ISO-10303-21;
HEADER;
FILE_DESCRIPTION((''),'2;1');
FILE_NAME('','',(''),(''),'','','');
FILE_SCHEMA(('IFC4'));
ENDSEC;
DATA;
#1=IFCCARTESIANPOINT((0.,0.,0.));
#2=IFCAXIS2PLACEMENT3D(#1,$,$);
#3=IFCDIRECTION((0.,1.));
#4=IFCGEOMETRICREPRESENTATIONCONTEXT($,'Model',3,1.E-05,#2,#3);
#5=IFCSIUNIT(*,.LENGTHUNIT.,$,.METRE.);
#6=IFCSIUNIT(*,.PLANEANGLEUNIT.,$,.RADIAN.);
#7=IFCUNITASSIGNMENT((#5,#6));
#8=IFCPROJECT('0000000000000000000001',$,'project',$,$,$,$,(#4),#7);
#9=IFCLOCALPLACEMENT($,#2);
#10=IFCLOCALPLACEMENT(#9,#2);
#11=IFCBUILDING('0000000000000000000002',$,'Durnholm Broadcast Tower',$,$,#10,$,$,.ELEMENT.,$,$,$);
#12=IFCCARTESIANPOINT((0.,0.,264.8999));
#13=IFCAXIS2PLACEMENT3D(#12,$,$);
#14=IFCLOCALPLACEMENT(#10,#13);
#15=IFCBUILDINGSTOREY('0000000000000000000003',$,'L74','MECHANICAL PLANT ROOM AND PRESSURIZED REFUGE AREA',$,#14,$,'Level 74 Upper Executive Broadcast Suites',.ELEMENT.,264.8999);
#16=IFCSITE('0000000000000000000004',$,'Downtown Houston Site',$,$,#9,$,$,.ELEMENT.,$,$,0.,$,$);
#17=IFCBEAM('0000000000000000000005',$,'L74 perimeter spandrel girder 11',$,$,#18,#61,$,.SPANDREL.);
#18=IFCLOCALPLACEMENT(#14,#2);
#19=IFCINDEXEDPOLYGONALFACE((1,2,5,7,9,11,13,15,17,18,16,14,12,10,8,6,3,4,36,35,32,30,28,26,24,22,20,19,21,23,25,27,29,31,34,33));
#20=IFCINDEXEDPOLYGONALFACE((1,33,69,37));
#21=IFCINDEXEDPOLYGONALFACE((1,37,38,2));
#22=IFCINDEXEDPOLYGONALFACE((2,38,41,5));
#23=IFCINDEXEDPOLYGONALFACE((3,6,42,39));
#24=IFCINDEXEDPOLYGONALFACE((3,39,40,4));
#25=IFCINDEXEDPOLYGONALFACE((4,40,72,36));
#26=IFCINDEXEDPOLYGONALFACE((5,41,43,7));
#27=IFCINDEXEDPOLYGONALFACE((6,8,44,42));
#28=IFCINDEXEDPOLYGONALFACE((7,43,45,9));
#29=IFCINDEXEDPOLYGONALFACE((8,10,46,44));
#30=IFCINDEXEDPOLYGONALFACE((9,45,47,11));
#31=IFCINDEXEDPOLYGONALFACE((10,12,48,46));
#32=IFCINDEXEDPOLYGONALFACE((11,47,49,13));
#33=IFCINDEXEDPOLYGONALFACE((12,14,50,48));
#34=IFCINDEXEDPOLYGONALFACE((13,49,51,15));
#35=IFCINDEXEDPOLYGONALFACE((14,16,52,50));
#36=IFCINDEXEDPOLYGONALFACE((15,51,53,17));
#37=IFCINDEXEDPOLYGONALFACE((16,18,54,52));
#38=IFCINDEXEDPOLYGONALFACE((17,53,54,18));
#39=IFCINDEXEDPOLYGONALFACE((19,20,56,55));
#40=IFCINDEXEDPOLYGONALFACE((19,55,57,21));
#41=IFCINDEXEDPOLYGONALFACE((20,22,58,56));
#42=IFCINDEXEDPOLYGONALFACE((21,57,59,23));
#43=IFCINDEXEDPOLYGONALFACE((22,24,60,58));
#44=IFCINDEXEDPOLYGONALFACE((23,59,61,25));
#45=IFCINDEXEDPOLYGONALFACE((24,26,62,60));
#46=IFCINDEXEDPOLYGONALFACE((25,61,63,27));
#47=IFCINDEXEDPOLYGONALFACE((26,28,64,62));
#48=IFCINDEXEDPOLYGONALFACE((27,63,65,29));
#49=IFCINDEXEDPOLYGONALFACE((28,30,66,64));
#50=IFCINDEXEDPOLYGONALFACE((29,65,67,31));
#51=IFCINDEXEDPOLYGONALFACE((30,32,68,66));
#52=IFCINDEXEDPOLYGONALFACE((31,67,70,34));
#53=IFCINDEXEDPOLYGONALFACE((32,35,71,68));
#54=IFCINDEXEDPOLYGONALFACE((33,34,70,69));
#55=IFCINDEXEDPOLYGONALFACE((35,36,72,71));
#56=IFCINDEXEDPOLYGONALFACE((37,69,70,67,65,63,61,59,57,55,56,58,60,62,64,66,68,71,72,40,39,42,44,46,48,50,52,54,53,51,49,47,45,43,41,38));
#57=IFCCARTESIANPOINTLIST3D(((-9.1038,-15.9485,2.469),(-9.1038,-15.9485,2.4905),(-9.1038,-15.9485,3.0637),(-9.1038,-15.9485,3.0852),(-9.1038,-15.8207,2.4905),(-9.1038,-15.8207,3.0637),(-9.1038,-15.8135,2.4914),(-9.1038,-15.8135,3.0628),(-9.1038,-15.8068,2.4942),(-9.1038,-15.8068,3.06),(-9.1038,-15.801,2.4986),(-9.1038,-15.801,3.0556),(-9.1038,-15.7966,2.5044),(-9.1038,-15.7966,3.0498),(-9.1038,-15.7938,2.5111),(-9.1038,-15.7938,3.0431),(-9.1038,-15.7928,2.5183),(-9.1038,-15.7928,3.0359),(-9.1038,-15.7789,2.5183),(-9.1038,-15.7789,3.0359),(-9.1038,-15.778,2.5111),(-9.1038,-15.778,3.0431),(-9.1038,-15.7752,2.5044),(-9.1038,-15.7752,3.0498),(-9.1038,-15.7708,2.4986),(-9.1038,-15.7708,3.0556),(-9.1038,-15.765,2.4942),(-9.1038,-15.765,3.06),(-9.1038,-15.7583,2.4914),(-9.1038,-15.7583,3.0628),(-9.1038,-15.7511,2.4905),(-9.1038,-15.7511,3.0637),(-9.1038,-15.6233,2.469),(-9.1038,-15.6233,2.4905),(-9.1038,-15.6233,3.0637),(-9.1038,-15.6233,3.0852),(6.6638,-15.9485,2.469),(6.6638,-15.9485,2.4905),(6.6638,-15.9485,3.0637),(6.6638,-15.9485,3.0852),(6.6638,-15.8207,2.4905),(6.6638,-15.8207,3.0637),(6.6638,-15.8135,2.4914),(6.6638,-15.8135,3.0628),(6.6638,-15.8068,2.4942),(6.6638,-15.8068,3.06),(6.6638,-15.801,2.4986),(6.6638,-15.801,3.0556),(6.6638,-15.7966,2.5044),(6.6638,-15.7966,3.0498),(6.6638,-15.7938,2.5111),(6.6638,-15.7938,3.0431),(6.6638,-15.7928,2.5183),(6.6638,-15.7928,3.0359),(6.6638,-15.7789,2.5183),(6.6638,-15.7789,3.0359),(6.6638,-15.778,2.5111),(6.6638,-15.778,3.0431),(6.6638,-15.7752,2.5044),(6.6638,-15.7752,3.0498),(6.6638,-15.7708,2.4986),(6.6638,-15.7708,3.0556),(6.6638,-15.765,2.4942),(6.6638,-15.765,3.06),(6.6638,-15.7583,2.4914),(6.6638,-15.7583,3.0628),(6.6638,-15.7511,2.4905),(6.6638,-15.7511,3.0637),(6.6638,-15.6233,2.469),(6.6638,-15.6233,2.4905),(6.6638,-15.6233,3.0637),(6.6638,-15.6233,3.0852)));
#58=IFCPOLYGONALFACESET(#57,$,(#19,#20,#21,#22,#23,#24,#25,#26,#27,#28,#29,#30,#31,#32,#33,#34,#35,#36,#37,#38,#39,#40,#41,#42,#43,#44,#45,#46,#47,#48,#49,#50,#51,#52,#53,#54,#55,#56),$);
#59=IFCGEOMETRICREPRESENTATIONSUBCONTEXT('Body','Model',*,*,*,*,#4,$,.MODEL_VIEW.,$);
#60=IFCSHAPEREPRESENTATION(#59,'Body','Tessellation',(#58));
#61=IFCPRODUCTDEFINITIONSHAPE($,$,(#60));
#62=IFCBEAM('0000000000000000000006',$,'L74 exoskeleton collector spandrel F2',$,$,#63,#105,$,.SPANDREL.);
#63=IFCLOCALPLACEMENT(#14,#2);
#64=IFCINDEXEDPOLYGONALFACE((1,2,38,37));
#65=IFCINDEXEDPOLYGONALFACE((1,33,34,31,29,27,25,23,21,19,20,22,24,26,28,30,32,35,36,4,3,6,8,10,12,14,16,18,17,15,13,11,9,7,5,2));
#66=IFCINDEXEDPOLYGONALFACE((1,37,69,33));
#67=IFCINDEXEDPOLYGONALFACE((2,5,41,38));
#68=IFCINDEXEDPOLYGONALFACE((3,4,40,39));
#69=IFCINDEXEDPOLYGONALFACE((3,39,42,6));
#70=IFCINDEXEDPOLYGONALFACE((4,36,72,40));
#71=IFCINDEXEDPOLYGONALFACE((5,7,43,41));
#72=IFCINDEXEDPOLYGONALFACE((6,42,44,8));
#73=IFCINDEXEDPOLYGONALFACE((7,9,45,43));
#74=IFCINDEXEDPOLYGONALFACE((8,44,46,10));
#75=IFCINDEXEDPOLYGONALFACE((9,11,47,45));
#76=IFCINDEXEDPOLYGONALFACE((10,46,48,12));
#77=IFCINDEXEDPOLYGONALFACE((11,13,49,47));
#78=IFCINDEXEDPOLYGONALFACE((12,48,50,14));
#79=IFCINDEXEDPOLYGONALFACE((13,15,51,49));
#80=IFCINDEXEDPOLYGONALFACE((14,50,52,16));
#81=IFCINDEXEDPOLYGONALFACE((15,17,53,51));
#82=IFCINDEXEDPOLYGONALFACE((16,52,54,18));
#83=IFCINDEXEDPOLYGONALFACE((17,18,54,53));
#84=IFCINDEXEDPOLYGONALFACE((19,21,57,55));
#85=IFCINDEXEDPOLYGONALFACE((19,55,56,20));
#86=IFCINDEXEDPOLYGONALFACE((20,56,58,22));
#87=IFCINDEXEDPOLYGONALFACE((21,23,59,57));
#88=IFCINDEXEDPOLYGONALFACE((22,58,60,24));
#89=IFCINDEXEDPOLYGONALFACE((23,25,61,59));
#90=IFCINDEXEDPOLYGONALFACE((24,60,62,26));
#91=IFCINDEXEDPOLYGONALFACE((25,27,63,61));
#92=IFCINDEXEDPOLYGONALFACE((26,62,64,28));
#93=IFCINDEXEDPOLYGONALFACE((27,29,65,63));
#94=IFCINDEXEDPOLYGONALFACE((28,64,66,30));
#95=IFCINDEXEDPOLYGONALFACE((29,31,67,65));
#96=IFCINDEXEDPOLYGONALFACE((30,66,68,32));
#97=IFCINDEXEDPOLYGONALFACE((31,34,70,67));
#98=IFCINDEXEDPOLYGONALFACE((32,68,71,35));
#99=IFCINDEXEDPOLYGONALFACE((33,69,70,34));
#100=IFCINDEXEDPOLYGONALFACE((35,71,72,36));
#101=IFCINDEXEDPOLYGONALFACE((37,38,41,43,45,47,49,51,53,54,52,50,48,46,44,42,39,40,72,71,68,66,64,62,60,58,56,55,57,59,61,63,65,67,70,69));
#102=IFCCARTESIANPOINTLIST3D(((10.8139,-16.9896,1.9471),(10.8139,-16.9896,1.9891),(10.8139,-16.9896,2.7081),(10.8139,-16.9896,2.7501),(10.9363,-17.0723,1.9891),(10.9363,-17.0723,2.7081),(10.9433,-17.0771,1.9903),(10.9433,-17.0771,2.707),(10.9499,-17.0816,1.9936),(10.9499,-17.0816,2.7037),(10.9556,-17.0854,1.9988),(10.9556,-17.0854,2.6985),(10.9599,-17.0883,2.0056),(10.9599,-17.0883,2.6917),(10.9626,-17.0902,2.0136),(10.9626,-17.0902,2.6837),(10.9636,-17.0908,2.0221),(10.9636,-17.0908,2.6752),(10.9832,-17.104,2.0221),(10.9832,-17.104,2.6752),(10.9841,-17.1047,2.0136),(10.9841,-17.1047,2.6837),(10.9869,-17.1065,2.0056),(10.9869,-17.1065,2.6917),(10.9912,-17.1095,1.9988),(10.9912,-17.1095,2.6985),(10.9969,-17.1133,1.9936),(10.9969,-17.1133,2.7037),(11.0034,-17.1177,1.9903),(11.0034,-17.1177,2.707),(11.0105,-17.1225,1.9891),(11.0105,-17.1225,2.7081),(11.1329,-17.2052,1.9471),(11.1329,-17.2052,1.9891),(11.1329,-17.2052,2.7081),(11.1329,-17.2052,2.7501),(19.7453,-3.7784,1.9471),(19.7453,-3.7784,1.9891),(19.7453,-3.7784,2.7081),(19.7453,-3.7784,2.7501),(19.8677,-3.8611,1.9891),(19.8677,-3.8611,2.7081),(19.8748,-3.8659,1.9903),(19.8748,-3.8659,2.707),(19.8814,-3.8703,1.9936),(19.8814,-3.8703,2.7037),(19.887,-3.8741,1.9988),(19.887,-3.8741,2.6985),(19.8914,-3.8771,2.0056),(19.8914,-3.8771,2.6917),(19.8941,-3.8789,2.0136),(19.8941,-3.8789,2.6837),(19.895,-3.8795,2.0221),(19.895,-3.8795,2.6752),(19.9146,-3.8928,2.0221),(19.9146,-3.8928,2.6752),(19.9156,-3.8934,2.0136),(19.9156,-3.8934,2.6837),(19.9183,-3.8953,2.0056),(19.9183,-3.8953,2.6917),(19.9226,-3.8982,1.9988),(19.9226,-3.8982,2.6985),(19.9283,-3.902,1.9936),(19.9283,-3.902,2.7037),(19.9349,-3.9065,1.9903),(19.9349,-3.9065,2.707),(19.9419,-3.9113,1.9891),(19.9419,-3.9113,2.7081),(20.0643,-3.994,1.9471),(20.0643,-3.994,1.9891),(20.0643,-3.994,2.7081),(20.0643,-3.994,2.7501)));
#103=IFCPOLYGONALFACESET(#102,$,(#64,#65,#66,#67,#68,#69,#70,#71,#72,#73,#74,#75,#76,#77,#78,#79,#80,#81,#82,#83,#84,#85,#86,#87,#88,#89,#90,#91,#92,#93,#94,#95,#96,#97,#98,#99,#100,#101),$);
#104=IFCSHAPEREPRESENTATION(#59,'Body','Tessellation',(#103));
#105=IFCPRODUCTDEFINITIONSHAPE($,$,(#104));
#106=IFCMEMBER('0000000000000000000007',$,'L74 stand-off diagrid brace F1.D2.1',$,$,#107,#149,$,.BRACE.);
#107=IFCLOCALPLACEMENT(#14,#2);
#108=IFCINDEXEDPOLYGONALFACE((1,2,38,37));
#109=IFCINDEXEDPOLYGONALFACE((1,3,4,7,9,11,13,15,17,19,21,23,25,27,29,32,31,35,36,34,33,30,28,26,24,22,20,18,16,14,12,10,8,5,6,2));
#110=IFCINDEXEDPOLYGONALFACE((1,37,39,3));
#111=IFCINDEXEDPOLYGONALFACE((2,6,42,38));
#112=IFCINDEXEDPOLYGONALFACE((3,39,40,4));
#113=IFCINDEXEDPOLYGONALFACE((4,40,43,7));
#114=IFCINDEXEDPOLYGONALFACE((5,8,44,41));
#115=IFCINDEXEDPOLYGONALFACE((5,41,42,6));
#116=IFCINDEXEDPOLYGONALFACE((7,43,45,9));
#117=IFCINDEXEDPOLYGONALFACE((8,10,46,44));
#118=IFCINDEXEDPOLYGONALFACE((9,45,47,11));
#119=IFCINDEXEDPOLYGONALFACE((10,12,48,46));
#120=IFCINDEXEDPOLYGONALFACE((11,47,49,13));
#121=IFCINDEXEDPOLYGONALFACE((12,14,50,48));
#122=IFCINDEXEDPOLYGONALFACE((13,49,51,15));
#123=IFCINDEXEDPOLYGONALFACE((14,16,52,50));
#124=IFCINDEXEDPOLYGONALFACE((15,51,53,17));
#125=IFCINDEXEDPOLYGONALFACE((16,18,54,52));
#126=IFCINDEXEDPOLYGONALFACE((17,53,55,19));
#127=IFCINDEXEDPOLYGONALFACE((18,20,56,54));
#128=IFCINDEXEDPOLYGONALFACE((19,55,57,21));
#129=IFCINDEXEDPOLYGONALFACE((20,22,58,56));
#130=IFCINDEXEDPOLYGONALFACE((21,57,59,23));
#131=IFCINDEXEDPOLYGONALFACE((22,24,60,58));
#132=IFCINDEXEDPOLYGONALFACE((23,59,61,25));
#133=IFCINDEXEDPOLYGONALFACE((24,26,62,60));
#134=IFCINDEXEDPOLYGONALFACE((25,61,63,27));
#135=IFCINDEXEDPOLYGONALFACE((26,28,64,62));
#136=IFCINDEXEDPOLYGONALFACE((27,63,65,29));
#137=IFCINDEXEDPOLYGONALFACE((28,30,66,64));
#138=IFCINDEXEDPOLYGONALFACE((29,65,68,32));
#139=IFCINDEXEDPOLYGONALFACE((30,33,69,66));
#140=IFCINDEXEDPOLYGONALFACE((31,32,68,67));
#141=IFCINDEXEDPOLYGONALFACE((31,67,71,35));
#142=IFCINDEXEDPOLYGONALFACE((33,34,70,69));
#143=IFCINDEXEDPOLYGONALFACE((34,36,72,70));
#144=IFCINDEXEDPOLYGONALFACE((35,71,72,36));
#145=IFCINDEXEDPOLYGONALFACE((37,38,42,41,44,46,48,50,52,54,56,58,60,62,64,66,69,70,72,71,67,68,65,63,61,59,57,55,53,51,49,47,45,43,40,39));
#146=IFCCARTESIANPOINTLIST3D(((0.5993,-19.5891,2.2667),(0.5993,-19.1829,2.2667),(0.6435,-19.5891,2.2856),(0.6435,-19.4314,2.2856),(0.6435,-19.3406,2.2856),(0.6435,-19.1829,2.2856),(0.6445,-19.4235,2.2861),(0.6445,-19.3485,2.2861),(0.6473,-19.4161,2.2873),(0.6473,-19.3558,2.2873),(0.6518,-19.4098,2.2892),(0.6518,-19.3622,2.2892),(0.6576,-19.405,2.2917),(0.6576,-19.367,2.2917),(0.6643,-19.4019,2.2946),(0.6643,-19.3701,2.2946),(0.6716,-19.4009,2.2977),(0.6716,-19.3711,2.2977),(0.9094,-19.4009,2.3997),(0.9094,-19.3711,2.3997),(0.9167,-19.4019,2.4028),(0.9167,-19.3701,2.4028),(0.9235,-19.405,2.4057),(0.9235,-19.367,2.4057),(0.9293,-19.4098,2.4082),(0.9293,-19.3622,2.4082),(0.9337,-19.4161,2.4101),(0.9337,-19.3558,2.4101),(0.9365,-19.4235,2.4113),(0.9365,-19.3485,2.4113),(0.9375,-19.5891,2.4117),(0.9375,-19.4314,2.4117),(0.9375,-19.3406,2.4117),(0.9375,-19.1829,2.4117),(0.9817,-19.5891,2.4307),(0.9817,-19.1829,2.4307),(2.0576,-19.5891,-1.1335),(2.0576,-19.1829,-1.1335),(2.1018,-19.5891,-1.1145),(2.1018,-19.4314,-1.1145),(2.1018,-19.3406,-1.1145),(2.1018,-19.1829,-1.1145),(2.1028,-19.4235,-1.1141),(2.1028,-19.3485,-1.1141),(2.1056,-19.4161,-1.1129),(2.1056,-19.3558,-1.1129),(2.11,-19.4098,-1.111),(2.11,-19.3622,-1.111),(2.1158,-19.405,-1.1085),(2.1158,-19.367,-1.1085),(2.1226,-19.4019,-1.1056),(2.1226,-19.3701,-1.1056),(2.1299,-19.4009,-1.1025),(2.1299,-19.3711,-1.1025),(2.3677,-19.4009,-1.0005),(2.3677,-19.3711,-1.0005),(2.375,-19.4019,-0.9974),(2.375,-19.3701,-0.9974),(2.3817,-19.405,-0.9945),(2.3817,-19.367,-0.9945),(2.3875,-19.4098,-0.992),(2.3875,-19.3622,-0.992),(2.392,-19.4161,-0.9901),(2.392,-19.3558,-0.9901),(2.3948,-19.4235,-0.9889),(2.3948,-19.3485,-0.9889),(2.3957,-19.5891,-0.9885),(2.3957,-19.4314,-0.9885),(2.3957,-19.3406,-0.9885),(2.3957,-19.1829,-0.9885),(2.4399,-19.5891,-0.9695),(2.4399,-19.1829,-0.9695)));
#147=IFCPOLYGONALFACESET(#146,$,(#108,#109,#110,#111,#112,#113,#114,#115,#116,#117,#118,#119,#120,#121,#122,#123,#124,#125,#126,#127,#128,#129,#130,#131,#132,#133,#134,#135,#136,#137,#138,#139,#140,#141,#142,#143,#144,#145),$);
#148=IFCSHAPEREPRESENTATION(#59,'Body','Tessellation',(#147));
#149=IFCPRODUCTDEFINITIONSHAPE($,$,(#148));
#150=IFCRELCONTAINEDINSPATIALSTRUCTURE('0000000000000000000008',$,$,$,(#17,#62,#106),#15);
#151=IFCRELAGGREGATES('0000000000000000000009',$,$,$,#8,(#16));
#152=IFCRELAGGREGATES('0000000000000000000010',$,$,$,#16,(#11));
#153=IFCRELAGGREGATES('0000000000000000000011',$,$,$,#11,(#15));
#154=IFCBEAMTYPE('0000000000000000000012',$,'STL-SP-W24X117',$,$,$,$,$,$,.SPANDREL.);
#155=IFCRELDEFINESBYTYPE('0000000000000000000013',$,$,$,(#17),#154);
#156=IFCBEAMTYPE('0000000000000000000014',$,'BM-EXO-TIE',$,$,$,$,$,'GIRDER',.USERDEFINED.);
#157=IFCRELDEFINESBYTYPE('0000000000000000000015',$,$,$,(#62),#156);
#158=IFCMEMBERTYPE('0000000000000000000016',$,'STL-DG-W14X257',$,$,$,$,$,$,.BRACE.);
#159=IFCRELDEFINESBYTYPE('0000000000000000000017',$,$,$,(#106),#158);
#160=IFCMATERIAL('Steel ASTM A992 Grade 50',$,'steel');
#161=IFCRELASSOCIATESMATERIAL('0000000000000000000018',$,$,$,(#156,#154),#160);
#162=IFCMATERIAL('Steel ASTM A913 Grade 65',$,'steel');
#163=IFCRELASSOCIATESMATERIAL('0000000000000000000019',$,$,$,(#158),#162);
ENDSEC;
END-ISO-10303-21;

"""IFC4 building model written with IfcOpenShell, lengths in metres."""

from ifc_helpers import new_model, si_unit, direction, frame, origin, origin_2d, place, context, subcontext, project, spatial, i_section, extrude, source, transform, mapped, material, material_profile, profile_set, type_object, type_shapes, element, save


model = new_model("IFC4")

# Units and contexts
model_context = context("Model", 3, precision=1e-05, world=origin(), true_north=direction((0.0, 1.0)))
body_context = subcontext(model_context, "Body", "Model", "MODEL_VIEW")
ifc_project = project(units=[si_unit("LENGTHUNIT", "METRE"), si_unit("PLANEANGLEUNIT", "RADIAN")], contexts=[model_context])

# Site, building, storey
site_placement = place(None, origin())
site = spatial("IfcSite", under=ifc_project, at=site_placement, Name="Downtown Houston Site", CompositionType="ELEMENT", RefElevation=0.0)
building_placement = place(site_placement, origin())
building = spatial("IfcBuilding", under=site, at=building_placement, Name="Durnholm Broadcast Tower", CompositionType="ELEMENT")
storey_placement = place(building_placement, frame((0.0, 0.0, 264.8999)))
storey = spatial("IfcBuildingStorey", under=building, at=storey_placement, Name="L74", Description="MECHANICAL PLANT ROOM AND PRESSURIZED REFUGE AREA", LongName="Level 74 Upper Executive Broadcast Suites", CompositionType="ELEMENT", Elevation=264.8999)

# Beams
ifc_material_1 = material(Name="Steel ASTM A992 Grade 50", Category="steel")
ifc_material_profile_1 = material_profile(ifc_material_1, i_section(OverallWidth=0.385, OverallDepth=0.803, WebThickness=0.0237, FlangeThickness=0.042, FilletRadius=0.033, at=origin_2d()), Name="W30X261")
ifc_profile_set_1 = profile_set([ifc_material_profile_1], Name="Steel ASTM A992 Grade 50")
beam_type_1 = type_object("IfcBeamType", Name="BM-EXO-TIE", ElementType="GIRDER", PredefinedType="USERDEFINED", material=ifc_profile_set_1)
ifc_material_profile_2 = material_profile(ifc_material_1, i_section(OverallWidth=0.3252, OverallDepth=0.6162, WebThickness=0.0139, FlangeThickness=0.0215, FilletRadius=0.0278, at=origin_2d()), Name="W24X117")
ifc_profile_set_2 = profile_set([ifc_material_profile_2], Name="Steel ASTM A992 Grade 50")
beam_type_2 = type_object("IfcBeamType", Name="STL-SP-W24X117", PredefinedType="SPANDREL", material=ifc_profile_set_2)
shared_shape_1 = source(origin(), body_context, "Body", "SweptSolid", [
    extrude(i_section(OverallWidth=0.3252, OverallDepth=0.6162, WebThickness=0.0139, FlangeThickness=0.0215, FilletRadius=0.0278, at=origin_2d()), origin(), (0.0, 0.0, 1.0), 15.7676),
])
beam_1_placement = place(storey_placement, frame((6.6638, -15.7859, 2.7771), z_axis=(-1.0, 0.0, 0.0), x_axis=(0.0, -1.0, 0.0)))
element("IfcBeam", 1, at=beam_1_placement, inside=storey, type_object=beam_type_2, Name="L74 perimeter spandrel girder 11", PredefinedType="SPANDREL", context=body_context, shape_type="MappedRepresentation", body=[
    mapped(shared_shape_1, transform((0.0, 0.0, 0.0), x_axis=(1.0, 0.0, 0.0), y_axis=(0.0, 1.0, 0.0), z_axis=(0.0, 0.0, 1.0), scale=1.0)),
])
shared_shape_2 = source(origin(), body_context, "Body", "SweptSolid", [
    extrude(i_section(OverallWidth=0.385, OverallDepth=0.803, WebThickness=0.0237, FlangeThickness=0.042, FilletRadius=0.033, at=origin_2d()), origin(), (0.0, 0.0, 1.0), 15.947),
])
beam_2_placement = place(storey_placement, frame((10.9734, -17.0974, 2.3486), z_axis=(0.560069, 0.828446, 0.0), x_axis=(-0.828446, 0.560069, 0.0)))
element("IfcBeam", 2, at=beam_2_placement, inside=storey, type_object=beam_type_1, Name="L74 exoskeleton collector spandrel F2", PredefinedType="SPANDREL", context=body_context, shape_type="MappedRepresentation", body=[
    mapped(shared_shape_2, transform((0.0, 0.0, 0.0), x_axis=(1.0, 0.0, 0.0), y_axis=(0.0, 1.0, 0.0), z_axis=(0.0, 0.0, 1.0), scale=1.0)),
])

# Member
ifc_material_2 = material(Name="Steel ASTM A913 Grade 65", Category="steel")
ifc_material_profile_3 = material_profile(ifc_material_2, i_section(OverallWidth=0.4062, OverallDepth=0.416, WebThickness=0.0298, FlangeThickness=0.0481, FilletRadius=0.0305, at=origin_2d()), Name="W14X257")
ifc_profile_set_3 = profile_set([ifc_material_profile_3], Name="Steel ASTM A913 Grade 65")
member_type_1 = type_object("IfcMemberType", Name="STL-DG-W14X257", PredefinedType="BRACE", material=ifc_profile_set_3)
shared_shape_3 = source(origin(), body_context, "Body", "SweptSolid", [
    extrude(i_section(OverallWidth=0.4062, OverallDepth=0.416, WebThickness=0.0298, FlangeThickness=0.0481, FilletRadius=0.0305, at=origin_2d()), origin(), (0.0, 0.0, 1.0), 3.6997),
])
type_shapes(member_type_1, [shared_shape_3])
for number, where, z_axis, x_axis, name in (
    (3, (2.2488, -19.386, -1.0515), (-0.394158, 0.0, 0.919043), (0.0, -1.0, 0.0), "L74 stand-off diagrid brace F1.D2.1"),
):
    element("IfcMember", number, at=place(storey_placement, frame(where, z_axis=z_axis, x_axis=x_axis)), inside=storey, type_object=member_type_1, Name=name, PredefinedType="BRACE", context=body_context, shape_type="MappedRepresentation", body=[
        mapped(shared_shape_3, transform((0.0, 0.0, 0.0), x_axis=(1.0, 0.0, 0.0), y_axis=(0.0, 1.0, 0.0), z_axis=(0.0, 0.0, 1.0), scale=1.0)),
    ])

save(model, "model.ifc")
